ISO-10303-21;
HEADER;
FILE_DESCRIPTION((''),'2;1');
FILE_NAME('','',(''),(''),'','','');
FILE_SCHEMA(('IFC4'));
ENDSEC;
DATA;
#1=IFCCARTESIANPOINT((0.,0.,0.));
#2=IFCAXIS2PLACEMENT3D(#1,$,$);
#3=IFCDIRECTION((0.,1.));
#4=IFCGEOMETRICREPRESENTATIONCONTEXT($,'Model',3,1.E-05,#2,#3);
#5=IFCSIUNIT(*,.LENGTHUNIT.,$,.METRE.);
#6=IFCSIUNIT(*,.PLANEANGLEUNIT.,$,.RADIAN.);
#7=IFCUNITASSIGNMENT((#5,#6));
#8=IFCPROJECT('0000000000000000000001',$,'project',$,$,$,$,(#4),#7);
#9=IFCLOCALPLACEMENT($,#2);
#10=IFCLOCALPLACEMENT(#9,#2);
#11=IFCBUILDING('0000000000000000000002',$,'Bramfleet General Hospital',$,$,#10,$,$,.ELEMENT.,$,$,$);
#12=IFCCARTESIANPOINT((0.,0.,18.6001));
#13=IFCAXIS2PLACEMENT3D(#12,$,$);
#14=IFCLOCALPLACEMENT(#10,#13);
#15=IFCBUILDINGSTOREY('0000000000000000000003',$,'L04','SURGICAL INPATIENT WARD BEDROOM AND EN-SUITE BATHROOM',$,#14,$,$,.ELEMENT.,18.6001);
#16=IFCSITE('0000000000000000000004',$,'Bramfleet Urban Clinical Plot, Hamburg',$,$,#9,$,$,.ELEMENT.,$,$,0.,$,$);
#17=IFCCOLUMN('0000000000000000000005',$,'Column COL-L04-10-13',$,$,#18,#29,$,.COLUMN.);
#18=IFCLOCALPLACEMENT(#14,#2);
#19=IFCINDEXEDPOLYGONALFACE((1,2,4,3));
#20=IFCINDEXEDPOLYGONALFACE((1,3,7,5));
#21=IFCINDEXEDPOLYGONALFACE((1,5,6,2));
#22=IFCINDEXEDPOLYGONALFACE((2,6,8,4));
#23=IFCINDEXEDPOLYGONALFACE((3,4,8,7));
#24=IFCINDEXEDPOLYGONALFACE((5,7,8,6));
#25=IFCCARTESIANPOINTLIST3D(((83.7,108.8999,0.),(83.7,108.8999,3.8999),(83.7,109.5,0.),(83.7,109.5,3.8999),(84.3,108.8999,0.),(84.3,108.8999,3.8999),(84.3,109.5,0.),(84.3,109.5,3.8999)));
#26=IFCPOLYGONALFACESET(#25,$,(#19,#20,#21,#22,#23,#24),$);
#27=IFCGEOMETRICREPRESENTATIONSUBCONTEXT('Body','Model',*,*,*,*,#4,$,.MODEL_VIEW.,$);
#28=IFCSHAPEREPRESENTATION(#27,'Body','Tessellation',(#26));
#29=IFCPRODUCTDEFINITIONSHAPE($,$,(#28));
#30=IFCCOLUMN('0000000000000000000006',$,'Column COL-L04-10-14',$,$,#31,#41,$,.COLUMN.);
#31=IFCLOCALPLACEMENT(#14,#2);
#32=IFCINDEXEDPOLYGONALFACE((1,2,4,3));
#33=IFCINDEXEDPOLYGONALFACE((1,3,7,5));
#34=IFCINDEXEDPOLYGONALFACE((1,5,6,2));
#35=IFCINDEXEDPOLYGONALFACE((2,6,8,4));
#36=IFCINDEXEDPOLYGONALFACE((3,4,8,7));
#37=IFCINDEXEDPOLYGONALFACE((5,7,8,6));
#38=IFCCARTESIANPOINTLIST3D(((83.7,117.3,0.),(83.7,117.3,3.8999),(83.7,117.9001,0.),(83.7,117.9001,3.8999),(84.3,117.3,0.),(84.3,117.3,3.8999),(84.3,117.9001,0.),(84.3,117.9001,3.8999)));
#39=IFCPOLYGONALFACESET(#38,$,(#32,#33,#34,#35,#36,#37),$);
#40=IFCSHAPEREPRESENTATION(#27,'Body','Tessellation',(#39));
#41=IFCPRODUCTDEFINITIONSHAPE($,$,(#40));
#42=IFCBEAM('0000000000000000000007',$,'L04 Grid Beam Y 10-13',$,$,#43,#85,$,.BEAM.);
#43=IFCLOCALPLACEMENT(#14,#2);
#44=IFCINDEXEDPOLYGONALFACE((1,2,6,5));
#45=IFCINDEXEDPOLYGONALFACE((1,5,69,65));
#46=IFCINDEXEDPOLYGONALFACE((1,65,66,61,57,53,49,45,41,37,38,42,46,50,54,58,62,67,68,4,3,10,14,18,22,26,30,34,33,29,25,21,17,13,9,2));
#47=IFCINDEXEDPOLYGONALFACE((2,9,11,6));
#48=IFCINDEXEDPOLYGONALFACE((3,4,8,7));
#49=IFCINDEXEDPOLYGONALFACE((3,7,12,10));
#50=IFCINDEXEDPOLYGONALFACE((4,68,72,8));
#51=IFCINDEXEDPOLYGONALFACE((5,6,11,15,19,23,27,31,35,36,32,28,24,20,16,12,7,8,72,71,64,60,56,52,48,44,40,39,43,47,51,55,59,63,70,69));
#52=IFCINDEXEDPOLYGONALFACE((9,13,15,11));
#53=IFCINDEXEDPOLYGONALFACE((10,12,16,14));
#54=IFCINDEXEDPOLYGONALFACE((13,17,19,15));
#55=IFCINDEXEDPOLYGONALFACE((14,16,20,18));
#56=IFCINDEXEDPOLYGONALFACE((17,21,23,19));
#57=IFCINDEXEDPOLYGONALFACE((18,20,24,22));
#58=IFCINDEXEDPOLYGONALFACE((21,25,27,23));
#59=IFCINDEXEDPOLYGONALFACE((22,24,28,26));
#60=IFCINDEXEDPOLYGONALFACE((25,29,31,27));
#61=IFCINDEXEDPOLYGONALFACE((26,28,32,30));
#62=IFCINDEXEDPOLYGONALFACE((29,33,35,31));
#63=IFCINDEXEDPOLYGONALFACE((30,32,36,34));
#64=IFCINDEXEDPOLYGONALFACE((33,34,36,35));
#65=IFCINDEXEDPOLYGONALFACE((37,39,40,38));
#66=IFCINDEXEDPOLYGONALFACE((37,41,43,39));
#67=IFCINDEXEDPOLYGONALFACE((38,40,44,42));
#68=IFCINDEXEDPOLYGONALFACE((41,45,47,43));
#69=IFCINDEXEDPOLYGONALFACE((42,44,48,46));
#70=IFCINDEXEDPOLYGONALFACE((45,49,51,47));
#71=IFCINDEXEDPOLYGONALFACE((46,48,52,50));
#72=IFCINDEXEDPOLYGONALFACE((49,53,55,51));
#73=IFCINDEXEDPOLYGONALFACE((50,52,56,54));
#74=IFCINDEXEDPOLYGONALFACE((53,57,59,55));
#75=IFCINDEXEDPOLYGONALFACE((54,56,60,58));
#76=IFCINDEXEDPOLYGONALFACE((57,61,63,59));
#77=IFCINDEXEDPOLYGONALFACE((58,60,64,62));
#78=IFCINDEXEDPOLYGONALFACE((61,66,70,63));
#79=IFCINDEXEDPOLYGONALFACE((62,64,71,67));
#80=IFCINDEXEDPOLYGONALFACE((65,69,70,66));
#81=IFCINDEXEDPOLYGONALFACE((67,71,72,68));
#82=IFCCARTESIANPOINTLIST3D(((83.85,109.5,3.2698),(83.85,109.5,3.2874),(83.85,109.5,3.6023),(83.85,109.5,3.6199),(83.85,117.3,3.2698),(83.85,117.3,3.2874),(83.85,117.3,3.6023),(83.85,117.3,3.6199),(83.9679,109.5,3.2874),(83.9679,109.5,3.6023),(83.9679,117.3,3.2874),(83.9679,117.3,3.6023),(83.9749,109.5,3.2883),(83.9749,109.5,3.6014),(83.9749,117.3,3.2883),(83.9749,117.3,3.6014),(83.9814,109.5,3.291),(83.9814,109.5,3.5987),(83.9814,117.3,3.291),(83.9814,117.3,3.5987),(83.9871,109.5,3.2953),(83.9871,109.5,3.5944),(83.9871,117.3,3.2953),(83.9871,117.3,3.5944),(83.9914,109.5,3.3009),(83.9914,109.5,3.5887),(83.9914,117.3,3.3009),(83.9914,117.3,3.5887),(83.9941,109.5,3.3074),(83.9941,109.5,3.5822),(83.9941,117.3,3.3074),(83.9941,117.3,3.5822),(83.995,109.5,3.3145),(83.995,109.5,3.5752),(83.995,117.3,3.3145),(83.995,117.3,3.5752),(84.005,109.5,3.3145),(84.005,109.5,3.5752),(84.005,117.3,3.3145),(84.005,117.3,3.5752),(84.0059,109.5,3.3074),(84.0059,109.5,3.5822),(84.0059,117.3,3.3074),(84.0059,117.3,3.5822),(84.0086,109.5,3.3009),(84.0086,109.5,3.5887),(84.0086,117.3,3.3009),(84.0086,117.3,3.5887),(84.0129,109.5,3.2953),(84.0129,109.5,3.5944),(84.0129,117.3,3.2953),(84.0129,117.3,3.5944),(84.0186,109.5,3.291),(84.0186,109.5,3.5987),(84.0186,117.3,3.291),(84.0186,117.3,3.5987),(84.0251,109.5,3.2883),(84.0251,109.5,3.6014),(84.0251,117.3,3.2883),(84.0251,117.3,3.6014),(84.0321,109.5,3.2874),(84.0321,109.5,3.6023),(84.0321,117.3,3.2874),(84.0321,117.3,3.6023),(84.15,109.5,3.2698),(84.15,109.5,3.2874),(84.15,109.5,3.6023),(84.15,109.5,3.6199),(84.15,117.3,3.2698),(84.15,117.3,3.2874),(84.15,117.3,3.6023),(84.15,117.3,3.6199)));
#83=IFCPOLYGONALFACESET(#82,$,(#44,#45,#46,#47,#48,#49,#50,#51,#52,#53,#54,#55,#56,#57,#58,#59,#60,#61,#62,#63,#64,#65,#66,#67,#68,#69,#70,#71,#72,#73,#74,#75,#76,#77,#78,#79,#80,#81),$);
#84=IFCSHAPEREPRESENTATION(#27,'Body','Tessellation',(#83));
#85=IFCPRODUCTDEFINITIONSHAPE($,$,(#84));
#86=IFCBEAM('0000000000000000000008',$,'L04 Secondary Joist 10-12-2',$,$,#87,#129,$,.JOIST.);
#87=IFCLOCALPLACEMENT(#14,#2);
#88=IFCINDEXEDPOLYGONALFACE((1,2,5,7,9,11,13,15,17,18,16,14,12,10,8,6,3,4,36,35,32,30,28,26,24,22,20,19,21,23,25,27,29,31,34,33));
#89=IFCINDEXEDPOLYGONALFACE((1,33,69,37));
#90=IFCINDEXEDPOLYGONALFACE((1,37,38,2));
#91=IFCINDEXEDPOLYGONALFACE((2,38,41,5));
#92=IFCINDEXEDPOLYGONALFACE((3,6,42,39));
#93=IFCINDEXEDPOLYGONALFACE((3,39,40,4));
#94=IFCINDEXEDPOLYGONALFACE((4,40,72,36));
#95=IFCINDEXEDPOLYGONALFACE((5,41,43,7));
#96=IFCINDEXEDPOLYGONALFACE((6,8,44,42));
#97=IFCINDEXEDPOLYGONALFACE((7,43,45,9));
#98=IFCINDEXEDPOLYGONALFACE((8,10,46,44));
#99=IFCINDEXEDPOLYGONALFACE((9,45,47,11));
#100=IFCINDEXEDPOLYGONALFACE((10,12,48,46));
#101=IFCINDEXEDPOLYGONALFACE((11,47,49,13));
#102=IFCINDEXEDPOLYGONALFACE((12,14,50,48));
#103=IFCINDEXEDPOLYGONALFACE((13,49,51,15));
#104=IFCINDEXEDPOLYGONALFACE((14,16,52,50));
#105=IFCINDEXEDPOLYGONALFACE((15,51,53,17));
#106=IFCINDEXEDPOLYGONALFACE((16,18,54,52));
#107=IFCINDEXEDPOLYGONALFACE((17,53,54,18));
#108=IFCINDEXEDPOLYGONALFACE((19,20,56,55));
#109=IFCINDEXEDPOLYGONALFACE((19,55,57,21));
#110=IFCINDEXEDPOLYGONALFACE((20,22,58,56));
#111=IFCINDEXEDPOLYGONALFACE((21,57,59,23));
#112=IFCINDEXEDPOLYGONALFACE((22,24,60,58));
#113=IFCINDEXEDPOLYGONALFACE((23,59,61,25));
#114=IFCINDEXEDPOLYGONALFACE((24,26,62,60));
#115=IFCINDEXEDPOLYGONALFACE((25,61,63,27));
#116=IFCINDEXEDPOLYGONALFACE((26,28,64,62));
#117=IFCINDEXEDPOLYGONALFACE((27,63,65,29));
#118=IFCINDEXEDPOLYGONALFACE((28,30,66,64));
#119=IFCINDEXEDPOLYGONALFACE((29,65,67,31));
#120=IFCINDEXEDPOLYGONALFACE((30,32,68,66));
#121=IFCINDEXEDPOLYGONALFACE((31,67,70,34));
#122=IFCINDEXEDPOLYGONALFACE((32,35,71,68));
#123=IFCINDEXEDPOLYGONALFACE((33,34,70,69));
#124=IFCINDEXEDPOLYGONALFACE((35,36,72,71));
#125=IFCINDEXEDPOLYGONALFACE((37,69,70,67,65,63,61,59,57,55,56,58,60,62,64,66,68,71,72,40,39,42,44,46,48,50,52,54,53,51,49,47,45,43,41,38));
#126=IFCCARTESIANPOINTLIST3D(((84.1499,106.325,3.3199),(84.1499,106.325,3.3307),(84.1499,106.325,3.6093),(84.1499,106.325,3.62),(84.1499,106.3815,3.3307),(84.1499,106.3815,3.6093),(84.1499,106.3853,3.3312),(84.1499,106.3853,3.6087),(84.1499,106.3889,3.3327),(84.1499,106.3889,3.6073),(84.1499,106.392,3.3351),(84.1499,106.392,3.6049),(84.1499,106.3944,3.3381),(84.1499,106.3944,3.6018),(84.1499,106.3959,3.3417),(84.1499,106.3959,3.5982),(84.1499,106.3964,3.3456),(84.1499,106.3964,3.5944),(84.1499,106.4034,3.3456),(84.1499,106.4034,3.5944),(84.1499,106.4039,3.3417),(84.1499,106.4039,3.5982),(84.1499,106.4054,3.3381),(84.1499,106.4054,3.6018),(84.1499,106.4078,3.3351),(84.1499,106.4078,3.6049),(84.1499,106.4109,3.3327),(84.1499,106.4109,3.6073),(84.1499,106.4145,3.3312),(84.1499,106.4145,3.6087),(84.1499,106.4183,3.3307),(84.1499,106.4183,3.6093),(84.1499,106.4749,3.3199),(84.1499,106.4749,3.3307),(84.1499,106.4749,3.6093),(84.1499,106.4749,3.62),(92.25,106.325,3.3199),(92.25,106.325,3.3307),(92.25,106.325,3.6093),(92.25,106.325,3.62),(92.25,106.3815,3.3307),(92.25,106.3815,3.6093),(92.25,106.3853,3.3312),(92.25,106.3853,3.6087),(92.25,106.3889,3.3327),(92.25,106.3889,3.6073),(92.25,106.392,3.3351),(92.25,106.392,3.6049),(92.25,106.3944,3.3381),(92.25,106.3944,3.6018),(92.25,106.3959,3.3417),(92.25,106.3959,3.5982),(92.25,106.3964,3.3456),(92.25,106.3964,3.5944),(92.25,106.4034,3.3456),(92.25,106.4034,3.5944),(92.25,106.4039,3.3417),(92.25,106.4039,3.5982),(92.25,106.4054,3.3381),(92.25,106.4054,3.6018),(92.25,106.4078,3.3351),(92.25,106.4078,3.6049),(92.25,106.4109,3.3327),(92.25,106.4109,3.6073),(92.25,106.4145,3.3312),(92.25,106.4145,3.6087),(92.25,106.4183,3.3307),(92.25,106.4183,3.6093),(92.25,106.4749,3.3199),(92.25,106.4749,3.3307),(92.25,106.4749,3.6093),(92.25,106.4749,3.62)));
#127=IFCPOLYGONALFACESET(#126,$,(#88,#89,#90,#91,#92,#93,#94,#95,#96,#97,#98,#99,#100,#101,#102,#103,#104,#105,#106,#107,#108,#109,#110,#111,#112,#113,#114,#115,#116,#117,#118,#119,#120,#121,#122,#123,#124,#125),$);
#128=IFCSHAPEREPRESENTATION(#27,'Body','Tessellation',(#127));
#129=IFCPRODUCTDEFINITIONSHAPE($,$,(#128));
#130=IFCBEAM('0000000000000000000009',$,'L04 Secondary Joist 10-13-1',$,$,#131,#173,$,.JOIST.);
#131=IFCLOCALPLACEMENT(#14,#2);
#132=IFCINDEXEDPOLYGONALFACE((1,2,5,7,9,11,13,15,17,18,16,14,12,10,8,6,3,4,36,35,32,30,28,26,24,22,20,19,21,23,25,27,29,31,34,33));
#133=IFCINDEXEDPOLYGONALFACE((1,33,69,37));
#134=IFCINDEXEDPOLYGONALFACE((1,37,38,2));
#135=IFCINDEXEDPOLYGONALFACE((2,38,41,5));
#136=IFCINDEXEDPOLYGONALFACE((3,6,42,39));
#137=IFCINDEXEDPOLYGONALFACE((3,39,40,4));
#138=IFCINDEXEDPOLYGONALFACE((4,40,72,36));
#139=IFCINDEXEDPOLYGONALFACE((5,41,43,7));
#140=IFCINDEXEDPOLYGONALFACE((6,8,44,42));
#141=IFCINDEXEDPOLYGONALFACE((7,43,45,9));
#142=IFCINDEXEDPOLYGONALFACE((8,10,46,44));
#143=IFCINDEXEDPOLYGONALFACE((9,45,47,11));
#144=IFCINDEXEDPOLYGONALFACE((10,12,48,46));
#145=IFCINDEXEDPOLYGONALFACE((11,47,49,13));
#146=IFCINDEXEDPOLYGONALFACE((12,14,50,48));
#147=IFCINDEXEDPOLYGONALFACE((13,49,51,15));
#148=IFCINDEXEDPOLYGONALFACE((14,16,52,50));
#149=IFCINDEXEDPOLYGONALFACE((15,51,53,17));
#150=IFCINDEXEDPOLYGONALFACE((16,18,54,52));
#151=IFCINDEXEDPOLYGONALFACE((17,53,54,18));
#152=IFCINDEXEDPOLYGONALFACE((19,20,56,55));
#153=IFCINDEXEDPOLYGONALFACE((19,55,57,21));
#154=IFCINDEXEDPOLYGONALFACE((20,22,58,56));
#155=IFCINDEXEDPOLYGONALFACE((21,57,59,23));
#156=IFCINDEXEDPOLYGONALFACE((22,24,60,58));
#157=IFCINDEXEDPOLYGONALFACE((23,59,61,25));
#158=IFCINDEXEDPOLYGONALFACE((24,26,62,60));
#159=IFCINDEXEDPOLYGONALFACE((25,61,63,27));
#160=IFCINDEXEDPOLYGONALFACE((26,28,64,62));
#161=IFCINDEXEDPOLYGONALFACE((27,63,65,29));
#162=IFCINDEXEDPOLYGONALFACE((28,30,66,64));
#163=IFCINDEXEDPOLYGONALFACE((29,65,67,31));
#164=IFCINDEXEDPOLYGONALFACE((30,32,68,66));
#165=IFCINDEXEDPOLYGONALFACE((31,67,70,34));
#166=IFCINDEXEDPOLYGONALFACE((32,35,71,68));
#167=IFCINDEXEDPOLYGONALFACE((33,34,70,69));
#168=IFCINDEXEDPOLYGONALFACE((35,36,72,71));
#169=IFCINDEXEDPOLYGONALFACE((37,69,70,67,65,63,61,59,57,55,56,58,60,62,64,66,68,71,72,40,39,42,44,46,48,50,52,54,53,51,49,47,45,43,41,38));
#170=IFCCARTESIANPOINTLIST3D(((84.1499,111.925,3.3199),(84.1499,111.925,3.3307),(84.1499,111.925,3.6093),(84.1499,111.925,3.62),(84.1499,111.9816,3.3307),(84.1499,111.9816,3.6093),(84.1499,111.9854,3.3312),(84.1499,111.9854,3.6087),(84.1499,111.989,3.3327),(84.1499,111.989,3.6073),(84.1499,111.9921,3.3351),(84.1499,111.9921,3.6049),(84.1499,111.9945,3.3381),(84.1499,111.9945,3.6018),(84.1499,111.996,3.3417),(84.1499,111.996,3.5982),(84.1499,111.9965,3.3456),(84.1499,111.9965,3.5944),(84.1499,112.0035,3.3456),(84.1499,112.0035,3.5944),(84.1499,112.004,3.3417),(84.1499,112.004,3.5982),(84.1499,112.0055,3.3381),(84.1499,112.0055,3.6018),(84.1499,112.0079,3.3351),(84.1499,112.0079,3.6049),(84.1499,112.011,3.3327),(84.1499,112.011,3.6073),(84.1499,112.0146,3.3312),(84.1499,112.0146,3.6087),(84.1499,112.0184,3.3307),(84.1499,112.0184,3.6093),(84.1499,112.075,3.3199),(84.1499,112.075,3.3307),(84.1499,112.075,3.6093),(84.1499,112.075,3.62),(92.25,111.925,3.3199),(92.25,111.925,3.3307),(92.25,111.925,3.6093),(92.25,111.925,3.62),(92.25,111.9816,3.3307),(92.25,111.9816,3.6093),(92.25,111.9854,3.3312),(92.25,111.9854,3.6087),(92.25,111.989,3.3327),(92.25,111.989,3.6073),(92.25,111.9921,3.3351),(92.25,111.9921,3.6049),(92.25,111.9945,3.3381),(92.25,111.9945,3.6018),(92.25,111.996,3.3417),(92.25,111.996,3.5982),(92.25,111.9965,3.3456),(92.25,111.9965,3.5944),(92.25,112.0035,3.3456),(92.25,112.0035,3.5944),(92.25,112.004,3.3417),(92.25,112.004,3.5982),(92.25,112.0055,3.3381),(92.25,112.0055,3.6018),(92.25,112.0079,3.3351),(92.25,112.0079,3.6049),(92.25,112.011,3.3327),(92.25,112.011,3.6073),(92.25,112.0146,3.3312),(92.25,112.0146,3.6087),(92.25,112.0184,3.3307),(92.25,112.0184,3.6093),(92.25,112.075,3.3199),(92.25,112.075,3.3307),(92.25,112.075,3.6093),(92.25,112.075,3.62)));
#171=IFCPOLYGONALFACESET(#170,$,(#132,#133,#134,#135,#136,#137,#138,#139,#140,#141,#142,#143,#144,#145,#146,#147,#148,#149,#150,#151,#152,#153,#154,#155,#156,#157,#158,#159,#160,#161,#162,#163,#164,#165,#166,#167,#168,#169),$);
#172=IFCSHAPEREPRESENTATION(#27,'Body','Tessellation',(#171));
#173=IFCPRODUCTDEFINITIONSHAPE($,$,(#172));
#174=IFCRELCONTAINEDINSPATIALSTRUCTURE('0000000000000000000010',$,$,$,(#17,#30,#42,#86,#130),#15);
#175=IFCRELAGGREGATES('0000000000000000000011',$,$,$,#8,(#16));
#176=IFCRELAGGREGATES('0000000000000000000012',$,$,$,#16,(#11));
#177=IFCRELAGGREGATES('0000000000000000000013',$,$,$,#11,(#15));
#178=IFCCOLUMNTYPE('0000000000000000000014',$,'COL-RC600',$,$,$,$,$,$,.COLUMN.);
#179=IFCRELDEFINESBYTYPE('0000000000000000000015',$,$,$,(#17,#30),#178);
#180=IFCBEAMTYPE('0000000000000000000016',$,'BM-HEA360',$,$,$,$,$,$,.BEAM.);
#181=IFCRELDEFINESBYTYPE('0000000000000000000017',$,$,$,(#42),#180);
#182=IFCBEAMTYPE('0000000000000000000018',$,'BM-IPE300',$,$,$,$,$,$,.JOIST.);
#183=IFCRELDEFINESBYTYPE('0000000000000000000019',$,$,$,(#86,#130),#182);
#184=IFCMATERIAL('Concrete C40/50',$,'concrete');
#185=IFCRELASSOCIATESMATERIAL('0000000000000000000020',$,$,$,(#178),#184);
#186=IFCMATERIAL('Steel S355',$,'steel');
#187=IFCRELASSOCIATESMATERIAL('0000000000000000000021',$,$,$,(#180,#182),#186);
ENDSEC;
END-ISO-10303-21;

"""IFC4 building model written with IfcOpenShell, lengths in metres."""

from ifc_helpers import new_model, si_unit, direction, frame, origin, origin_2d, place, context, subcontext, project, spatial, rectangle, i_section, extrude, material, material_profile, profile_set, type_object, element, save


model = new_model("IFC4")

# Units and contexts
model_context = context("Model", 3, precision=1e-05, world=origin(), true_north=direction((0.0, 1.0)))
body_context = subcontext(model_context, "Body", "Model", "MODEL_VIEW")
ifc_project = project(units=[si_unit("LENGTHUNIT", "METRE"), si_unit("PLANEANGLEUNIT", "RADIAN")], contexts=[model_context])

# Site, building, storey
site_placement = place(None, origin())
site = spatial("IfcSite", under=ifc_project, at=site_placement, Name="Bramfleet Urban Clinical Plot, Hamburg", CompositionType="ELEMENT", RefElevation=0.0)
building_placement = place(site_placement, origin())
building = spatial("IfcBuilding", under=site, at=building_placement, Name="Bramfleet General Hospital", CompositionType="ELEMENT")
storey_placement = place(building_placement, frame((0.0, 0.0, 18.6001)))
storey = spatial("IfcBuildingStorey", under=building, at=storey_placement, Name="L04", Description="SURGICAL INPATIENT WARD BEDROOM AND EN-SUITE BATHROOM", CompositionType="ELEMENT", Elevation=18.6001)

# Columns
ifc_material_1 = material(Name="Concrete C40/50", Category="concrete")
ifc_material_profile_1 = material_profile(ifc_material_1, rectangle(XDim=0.6001, YDim=0.6001, at=origin_2d()), Name="RC COL 600x600")
ifc_profile_set_1 = profile_set([ifc_material_profile_1], Name="Concrete C40/50")
column_type = type_object("IfcColumnType", Name="COL-RC600", PredefinedType="COLUMN", material=ifc_profile_set_1)
for number, where, z_axis, x_axis, name in (
    (1, (84.0, 109.2, 0.0), (0.0, 0.0, 1.0), (1.0, 0.0, 0.0), "Column COL-L04-10-13"),
    (2, (84.0, 117.6001, 0.0), (0.0, 0.0, 1.0), (1.0, 0.0, 0.0), "Column COL-L04-10-14"),
):
    element("IfcColumn", number, at=place(storey_placement, frame(where, z_axis=z_axis, x_axis=x_axis)), inside=storey, type_object=column_type, Name=name, PredefinedType="COLUMN", context=body_context, shape_type="SweptSolid", body=[
        extrude(rectangle(XDim=0.6001, YDim=0.6001, at=origin_2d()), origin(), (0.0, 0.0, 1.0), 3.8999),
    ])

# Beams
ifc_material_2 = material(Name="Steel S355", Category="steel")
ifc_material_profile_2 = material_profile(ifc_material_2, i_section(OverallWidth=0.3, OverallDepth=0.3501, WebThickness=0.01, FlangeThickness=0.0176, FilletRadius=0.0271, at=origin_2d()), Name="HEA 360")
ifc_profile_set_2 = profile_set([ifc_material_profile_2], Name="Steel S355")
beam_type_1 = type_object("IfcBeamType", Name="BM-HEA360", PredefinedType="BEAM", material=ifc_profile_set_2)
beam_1_placement = place(storey_placement, frame((84.0, 109.5, 3.4448), z_axis=(0.0, 1.0, 0.0), x_axis=(-1.0, 0.0, 0.0)))
element("IfcBeam", 3, at=beam_1_placement, inside=storey, type_object=beam_type_1, Name="L04 Grid Beam Y 10-13", PredefinedType="BEAM", context=body_context, shape_type="SweptSolid", body=[
    extrude(i_section(OverallWidth=0.3, OverallDepth=0.3501, WebThickness=0.01, FlangeThickness=0.0176, FilletRadius=0.0271, at=origin_2d()), origin(), (0.0, 0.0, 1.0), 7.8),
])
ifc_material_profile_3 = material_profile(ifc_material_2, i_section(OverallWidth=0.1499, OverallDepth=0.3, WebThickness=0.0071, FlangeThickness=0.0107, FilletRadius=0.0149, at=origin_2d()), Name="IPE 300")
ifc_profile_set_3 = profile_set([ifc_material_profile_3], Name="Steel S355")
beam_type_2 = type_object("IfcBeamType", Name="BM-IPE300", PredefinedType="JOIST", material=ifc_profile_set_3)
for number, where, z_axis, x_axis, name in (
    (4, (84.1499, 106.3999, 3.47), (1.0, 0.0, 0.0), (0.0, 1.0, 0.0), "L04 Secondary Joist 10-12-2"),
    (5, (84.1499, 112.0, 3.47), (1.0, 0.0, 0.0), (0.0, 1.0, 0.0), "L04 Secondary Joist 10-13-1"),
):
    element("IfcBeam", number, at=place(storey_placement, frame(where, z_axis=z_axis, x_axis=x_axis)), inside=storey, type_object=beam_type_2, Name=name, PredefinedType="JOIST", context=body_context, shape_type="SweptSolid", body=[
        extrude(i_section(OverallWidth=0.1499, OverallDepth=0.3, WebThickness=0.0071, FlangeThickness=0.0107, FilletRadius=0.0149, at=origin_2d()), origin(), (0.0, 0.0, 1.0), 8.1001),
    ])

save(model, "model.ifc")
